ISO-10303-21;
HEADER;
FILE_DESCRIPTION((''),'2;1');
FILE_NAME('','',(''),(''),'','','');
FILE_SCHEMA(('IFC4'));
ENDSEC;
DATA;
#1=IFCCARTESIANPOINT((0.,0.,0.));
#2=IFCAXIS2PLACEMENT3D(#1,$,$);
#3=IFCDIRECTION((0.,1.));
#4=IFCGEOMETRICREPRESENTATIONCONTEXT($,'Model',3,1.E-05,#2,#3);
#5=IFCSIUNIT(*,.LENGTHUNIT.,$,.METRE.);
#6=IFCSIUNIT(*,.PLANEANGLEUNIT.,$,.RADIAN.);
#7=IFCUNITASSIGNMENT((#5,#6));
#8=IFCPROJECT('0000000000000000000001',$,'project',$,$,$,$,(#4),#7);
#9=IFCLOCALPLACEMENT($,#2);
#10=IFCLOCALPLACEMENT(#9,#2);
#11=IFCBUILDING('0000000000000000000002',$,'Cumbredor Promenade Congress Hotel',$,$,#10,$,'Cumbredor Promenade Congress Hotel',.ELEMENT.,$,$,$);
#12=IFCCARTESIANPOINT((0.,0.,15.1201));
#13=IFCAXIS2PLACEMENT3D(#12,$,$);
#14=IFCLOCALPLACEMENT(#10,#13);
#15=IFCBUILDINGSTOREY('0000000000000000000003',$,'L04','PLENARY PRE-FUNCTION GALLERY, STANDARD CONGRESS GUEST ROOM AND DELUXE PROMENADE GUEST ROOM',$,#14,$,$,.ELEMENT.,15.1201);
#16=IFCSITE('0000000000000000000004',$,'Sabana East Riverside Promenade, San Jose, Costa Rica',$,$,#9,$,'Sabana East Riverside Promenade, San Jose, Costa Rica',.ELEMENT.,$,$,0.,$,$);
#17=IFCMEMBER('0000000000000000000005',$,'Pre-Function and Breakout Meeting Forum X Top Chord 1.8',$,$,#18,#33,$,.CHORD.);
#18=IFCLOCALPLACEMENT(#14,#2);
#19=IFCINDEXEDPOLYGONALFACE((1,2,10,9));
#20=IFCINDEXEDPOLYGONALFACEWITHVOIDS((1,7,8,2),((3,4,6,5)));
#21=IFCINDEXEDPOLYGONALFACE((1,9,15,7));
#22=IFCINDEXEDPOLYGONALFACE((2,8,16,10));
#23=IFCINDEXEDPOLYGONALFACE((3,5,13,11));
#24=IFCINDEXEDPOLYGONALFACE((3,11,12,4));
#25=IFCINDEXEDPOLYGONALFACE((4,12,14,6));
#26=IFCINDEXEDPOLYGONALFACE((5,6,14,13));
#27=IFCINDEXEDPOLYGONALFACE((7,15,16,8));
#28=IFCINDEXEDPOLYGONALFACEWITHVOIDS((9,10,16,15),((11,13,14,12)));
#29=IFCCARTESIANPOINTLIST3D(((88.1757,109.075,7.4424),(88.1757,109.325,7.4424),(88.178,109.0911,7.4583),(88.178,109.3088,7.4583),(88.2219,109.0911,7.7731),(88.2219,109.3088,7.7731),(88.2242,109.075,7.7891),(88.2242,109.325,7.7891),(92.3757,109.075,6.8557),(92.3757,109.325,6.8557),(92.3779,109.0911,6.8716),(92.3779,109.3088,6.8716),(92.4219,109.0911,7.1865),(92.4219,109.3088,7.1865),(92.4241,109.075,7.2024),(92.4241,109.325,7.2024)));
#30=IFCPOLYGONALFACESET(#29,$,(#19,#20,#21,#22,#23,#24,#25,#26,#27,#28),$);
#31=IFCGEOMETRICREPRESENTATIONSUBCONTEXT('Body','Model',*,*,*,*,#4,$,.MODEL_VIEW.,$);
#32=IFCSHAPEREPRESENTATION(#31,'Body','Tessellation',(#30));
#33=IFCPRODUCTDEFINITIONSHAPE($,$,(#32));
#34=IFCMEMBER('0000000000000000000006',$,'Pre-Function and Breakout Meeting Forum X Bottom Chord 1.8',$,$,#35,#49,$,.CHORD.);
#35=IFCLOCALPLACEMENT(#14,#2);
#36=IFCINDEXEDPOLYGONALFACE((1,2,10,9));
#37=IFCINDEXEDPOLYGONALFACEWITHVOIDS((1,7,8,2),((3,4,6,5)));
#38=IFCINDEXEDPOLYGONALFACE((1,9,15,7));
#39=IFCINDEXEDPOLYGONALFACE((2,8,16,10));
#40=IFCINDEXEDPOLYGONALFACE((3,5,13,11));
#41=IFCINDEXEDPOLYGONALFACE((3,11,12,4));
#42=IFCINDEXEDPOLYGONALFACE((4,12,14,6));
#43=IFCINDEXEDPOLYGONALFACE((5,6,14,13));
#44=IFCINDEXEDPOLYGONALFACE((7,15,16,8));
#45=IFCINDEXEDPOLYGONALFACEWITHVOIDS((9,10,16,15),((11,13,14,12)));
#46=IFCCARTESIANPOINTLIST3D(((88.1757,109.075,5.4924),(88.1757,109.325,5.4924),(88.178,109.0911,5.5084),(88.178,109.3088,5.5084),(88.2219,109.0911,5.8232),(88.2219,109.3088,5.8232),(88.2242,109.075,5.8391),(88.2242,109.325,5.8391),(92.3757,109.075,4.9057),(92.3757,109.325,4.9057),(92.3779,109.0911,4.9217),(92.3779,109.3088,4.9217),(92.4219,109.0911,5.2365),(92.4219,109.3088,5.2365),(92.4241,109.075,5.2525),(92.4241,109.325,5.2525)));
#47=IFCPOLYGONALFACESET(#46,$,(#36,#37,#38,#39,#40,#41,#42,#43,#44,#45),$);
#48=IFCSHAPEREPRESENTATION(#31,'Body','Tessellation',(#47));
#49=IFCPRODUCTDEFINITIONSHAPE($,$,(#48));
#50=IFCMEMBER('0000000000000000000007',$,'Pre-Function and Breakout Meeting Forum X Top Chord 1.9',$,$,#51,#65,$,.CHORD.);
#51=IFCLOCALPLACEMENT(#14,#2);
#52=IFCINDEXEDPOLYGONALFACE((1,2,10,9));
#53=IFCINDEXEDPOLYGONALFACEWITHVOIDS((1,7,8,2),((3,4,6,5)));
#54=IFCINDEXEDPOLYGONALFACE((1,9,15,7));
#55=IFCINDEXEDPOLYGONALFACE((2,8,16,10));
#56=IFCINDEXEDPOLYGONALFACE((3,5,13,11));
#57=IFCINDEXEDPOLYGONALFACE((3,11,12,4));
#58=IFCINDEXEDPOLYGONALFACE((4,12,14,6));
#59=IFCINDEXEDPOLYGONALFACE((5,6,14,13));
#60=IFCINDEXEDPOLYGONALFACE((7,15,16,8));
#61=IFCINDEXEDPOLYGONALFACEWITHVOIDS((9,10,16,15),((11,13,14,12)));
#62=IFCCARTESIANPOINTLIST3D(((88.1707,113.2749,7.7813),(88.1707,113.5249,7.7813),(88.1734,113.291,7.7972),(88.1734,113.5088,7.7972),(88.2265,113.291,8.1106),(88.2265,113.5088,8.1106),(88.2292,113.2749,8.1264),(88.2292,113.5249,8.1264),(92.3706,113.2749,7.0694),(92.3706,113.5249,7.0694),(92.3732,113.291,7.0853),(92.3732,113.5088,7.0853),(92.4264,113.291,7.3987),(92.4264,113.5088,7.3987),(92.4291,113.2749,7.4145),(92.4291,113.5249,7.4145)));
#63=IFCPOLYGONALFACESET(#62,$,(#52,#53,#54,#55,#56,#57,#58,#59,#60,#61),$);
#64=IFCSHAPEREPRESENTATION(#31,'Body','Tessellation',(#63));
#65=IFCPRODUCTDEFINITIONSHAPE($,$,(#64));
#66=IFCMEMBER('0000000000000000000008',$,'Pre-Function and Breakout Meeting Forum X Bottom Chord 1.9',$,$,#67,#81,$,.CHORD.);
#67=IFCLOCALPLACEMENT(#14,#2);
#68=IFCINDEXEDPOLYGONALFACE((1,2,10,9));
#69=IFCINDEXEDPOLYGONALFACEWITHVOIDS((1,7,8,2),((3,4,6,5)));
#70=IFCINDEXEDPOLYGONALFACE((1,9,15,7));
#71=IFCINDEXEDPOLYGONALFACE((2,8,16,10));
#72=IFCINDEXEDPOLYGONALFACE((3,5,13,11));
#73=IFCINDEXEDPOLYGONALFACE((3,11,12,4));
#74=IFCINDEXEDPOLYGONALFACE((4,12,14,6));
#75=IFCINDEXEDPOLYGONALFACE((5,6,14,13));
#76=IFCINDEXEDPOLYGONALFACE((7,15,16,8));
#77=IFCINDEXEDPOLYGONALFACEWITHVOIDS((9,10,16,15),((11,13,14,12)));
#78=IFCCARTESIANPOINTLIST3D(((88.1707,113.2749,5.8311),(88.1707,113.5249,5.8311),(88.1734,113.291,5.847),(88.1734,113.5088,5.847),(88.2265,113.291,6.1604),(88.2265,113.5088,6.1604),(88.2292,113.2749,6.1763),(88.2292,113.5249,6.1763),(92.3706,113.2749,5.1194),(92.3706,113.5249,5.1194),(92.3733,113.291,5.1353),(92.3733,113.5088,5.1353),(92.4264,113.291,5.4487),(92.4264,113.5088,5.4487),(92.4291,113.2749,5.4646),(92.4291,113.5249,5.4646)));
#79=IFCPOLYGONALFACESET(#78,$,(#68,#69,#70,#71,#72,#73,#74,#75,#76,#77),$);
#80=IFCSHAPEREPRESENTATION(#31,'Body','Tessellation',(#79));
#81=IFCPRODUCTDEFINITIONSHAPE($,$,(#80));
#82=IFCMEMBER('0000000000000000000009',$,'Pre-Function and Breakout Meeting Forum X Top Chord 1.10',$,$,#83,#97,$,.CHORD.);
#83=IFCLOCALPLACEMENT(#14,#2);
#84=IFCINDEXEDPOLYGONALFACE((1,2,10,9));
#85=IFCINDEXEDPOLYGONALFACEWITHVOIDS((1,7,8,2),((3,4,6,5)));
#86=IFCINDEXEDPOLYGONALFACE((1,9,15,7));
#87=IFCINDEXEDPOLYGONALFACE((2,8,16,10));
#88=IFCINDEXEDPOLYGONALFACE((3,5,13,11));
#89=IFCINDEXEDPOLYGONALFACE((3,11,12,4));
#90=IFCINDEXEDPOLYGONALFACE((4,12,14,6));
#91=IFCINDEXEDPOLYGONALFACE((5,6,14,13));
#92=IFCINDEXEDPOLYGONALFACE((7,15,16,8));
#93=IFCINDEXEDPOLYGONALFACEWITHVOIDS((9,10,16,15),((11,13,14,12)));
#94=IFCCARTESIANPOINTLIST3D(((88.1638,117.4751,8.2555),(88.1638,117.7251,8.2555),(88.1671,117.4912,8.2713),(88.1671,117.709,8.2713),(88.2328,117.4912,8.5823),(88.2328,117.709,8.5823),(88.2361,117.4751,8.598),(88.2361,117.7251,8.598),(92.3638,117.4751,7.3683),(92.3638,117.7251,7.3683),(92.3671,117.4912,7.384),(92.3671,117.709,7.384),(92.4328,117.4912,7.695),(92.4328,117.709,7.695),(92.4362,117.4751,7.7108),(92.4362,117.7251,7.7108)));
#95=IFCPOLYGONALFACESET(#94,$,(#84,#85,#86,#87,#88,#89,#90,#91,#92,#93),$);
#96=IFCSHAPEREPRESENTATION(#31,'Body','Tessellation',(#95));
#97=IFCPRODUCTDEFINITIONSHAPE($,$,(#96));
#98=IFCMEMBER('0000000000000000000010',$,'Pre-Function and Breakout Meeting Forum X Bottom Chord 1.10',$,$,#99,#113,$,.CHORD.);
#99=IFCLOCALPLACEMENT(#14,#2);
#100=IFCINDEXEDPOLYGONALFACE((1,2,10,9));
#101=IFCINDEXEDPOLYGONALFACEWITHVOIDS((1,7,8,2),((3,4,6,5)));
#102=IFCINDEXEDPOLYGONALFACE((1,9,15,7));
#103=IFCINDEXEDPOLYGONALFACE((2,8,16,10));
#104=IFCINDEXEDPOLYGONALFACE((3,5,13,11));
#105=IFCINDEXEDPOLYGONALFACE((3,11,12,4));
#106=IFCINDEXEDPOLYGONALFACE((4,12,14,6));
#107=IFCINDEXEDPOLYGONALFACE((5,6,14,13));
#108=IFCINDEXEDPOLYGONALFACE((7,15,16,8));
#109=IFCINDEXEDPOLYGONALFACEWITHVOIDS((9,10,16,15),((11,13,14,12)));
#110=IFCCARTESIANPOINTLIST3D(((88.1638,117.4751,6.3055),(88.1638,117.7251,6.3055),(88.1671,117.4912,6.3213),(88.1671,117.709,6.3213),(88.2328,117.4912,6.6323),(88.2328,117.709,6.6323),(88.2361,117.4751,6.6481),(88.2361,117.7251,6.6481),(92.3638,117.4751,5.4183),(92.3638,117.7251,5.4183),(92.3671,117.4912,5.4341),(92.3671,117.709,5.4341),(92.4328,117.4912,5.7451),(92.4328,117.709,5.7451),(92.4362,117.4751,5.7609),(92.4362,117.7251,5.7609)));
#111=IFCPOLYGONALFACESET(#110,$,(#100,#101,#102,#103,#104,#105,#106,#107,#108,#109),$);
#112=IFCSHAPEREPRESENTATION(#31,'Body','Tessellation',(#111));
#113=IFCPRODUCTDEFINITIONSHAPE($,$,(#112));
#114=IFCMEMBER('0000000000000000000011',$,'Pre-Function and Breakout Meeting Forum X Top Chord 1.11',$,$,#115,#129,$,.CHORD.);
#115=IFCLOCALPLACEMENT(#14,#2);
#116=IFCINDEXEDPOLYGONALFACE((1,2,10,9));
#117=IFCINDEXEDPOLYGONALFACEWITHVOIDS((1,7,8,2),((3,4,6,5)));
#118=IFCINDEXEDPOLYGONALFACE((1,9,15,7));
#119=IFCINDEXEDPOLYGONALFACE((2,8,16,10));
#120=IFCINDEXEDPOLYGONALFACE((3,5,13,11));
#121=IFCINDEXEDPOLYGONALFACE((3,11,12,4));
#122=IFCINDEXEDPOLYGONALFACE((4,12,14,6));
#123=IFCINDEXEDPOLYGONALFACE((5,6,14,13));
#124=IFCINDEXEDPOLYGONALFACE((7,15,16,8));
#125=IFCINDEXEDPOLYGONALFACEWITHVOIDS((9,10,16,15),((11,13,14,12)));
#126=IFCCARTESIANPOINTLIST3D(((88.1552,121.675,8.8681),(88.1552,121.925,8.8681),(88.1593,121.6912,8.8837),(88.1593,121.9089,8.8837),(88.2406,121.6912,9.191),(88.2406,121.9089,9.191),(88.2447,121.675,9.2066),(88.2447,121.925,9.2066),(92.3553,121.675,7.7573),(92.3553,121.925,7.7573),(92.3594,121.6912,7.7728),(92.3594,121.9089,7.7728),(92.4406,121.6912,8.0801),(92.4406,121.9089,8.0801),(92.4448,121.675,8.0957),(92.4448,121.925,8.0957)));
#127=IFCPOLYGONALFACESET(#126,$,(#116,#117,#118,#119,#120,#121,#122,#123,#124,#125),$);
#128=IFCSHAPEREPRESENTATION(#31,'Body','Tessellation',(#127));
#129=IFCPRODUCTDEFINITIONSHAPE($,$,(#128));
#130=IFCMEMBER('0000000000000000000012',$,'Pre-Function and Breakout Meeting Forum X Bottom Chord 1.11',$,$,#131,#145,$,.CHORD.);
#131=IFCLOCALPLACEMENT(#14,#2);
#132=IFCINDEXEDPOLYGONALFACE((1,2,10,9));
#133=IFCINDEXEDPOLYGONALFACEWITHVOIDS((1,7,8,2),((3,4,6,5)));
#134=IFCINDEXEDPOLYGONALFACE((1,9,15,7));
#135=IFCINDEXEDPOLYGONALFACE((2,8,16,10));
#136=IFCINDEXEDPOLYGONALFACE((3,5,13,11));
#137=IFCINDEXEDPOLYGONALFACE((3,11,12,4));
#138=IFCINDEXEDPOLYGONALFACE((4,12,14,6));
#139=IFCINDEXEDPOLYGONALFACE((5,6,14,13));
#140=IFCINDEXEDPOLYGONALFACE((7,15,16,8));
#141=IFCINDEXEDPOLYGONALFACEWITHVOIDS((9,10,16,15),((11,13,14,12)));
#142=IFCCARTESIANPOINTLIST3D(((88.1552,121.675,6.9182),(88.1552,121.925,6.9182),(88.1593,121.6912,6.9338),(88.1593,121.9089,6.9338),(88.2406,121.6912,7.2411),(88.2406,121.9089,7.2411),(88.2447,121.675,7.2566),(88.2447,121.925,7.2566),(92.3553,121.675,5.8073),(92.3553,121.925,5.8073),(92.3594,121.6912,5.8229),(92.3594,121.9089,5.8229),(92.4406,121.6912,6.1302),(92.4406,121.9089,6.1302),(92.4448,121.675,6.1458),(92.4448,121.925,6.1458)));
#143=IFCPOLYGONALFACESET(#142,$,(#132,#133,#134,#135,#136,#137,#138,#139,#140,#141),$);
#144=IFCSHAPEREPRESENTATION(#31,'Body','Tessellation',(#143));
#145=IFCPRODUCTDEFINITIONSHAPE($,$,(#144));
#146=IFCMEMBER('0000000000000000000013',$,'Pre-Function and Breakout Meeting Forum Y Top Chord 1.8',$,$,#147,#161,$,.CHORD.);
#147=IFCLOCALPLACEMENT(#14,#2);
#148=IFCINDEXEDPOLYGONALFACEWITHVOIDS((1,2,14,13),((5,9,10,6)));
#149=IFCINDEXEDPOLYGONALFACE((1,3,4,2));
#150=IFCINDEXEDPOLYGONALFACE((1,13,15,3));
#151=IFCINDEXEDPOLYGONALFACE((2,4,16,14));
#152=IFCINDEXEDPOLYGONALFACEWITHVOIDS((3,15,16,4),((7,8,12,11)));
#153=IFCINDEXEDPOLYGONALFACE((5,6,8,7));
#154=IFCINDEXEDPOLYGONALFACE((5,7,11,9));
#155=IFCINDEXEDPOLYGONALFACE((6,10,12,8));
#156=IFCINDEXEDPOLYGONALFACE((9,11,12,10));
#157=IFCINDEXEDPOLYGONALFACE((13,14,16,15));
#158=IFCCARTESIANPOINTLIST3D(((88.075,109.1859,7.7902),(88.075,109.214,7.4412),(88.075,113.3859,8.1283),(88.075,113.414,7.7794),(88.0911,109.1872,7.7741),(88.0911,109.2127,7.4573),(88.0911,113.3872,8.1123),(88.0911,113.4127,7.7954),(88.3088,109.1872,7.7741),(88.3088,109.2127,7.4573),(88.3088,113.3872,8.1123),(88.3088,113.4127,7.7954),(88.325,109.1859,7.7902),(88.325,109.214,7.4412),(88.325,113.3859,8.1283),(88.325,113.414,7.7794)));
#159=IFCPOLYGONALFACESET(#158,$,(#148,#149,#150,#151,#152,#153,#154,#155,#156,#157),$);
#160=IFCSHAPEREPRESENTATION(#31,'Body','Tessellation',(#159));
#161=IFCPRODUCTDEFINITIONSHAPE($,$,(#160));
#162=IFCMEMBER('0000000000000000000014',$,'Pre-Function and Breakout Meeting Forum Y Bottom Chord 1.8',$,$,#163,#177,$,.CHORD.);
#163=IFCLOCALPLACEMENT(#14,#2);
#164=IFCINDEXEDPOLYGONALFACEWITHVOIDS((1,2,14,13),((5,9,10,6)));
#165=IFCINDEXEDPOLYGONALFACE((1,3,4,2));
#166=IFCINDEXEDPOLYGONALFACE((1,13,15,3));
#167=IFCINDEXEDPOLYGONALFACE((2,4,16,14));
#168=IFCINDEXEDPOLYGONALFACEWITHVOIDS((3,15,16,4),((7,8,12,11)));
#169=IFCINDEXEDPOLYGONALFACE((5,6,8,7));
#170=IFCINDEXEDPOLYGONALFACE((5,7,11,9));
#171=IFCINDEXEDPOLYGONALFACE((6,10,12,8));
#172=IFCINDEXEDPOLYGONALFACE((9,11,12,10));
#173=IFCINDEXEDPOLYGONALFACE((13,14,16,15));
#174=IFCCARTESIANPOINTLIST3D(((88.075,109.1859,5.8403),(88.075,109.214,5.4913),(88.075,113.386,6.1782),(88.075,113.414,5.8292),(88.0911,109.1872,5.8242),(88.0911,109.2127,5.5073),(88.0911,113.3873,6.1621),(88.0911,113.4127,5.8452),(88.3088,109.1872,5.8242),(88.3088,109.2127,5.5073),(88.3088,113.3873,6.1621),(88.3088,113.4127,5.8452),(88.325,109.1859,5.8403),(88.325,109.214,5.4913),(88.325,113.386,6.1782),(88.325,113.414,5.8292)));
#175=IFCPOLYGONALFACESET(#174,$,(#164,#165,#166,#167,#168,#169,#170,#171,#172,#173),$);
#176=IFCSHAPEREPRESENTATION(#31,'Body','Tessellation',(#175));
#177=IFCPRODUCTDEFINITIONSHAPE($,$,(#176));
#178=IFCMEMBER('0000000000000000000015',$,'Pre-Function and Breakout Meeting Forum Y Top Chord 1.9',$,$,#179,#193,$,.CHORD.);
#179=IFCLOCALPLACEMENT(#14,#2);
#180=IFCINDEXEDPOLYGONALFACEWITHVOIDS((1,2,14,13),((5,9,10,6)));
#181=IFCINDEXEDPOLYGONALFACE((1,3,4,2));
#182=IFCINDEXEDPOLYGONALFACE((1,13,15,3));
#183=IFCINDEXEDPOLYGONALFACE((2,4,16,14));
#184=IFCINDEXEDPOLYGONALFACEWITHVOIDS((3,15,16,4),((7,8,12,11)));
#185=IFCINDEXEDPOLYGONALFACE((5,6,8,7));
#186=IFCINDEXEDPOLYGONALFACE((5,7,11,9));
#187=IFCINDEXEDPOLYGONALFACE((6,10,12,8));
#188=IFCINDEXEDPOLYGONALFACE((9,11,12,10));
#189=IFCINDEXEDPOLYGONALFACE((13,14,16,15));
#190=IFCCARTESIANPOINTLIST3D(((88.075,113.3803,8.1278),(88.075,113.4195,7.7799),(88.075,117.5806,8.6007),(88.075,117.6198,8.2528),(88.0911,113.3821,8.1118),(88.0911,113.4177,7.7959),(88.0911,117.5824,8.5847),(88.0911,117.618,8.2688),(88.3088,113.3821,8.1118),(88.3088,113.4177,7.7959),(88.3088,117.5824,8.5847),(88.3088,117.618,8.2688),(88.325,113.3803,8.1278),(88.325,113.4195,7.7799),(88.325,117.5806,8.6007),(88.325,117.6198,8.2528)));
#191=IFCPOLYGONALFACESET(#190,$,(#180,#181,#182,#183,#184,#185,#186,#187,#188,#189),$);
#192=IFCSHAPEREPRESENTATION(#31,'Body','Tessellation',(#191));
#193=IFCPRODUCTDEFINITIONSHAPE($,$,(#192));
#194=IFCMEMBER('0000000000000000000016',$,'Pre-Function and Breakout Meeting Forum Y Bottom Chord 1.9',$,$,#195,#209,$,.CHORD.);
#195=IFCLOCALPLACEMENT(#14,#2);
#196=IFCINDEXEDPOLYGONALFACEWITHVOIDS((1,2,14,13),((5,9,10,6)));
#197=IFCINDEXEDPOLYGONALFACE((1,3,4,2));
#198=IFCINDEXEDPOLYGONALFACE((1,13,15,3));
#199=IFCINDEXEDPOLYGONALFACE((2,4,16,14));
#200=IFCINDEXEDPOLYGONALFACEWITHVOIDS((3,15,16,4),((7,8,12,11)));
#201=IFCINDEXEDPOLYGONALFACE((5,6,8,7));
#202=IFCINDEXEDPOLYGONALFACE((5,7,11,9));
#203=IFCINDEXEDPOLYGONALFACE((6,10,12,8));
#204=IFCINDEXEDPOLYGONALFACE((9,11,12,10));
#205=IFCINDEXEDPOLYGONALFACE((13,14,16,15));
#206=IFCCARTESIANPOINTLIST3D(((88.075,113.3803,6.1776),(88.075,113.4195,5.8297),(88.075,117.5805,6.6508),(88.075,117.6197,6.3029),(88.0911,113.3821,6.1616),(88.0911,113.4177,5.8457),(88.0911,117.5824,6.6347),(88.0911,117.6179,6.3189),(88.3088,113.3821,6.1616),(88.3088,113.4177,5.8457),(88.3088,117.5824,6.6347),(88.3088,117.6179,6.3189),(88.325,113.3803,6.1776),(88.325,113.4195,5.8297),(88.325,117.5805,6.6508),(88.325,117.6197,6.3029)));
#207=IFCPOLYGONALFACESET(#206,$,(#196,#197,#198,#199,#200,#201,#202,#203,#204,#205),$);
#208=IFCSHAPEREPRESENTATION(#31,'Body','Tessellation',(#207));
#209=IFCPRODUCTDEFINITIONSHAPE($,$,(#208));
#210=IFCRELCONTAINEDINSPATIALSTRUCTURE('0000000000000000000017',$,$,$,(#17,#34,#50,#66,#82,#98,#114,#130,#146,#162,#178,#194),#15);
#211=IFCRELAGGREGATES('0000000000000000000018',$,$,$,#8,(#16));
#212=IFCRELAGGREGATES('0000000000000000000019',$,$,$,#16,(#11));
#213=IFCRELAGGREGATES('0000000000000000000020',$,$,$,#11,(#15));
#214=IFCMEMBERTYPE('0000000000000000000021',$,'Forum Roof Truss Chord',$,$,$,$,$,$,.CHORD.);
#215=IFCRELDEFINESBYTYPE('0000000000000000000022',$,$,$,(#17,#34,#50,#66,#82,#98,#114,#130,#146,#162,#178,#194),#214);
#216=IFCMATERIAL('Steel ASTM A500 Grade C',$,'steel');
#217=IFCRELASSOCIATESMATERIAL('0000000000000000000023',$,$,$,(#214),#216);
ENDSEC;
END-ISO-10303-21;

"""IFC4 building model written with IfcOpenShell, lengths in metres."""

from ifc_helpers import new_model, si_unit, direction, frame, origin, origin_2d, place, context, subcontext, project, spatial, hollow_rectangle, extrude, material, material_profile, profile_set, type_object, element, save


model = new_model("IFC4")

# Units and contexts
model_context = context("Model", 3, precision=1e-05, world=origin(), true_north=direction((0.0, 1.0)))
body_context = subcontext(model_context, "Body", "Model", "MODEL_VIEW")
ifc_project = project(units=[si_unit("LENGTHUNIT", "METRE"), si_unit("PLANEANGLEUNIT", "RADIAN")], contexts=[model_context])

# Site, building, storey
site_placement = place(None, origin())
site = spatial("IfcSite", under=ifc_project, at=site_placement, Name="Sabana East Riverside Promenade, San Jose, Costa Rica", LongName="Sabana East Riverside Promenade, San Jose, Costa Rica", CompositionType="ELEMENT", RefElevation=0.0)
building_placement = place(site_placement, origin())
building = spatial("IfcBuilding", under=site, at=building_placement, Name="Cumbredor Promenade Congress Hotel", LongName="Cumbredor Promenade Congress Hotel", CompositionType="ELEMENT")
storey_placement = place(building_placement, frame((0.0, 0.0, 15.1201)))
storey = spatial("IfcBuildingStorey", under=building, at=storey_placement, Name="L04", Description="PLENARY PRE-FUNCTION GALLERY, STANDARD CONGRESS GUEST ROOM AND DELUXE PROMENADE GUEST ROOM", CompositionType="ELEMENT", Elevation=15.1201)

# Members
ifc_material_1 = material(Name="Steel ASTM A500 Grade C", Category="steel")
ifc_material_profile_1 = material_profile(ifc_material_1, hollow_rectangle(XDim=0.25, YDim=0.3501, WallThickness=0.0161, at=origin_2d()), Name="HSS 350x250x16")
ifc_profile_set_1 = profile_set([ifc_material_profile_1], Name="Steel ASTM A500 Grade C")
member_type_1 = type_object("IfcMemberType", Name="Forum Roof Truss Chord", PredefinedType="CHORD", material=ifc_profile_set_1)
for number, where, z_axis, x_axis, name in (
    (1, (88.2, 109.2, 7.6157), (0.990385, 0.0, -0.138342), (0.0, 1.0, 0.0), "Pre-Function and Breakout Meeting Forum X Top Chord 1.8"),
    (2, (88.2, 109.2, 5.6658), (0.990385, 0.0, -0.138342), (0.0, 1.0, 0.0), "Pre-Function and Breakout Meeting Forum X Bottom Chord 1.8"),
):
    element("IfcMember", number, at=place(storey_placement, frame(where, z_axis=z_axis, x_axis=x_axis)), inside=storey, type_object=member_type_1, Name=name, PredefinedType="CHORD", context=body_context, shape_type="SweptSolid", body=[
        extrude(hollow_rectangle(XDim=0.25, YDim=0.3501, WallThickness=0.0161, at=origin_2d()), origin(), (0.0, 0.0, 1.0), 4.2407),
    ])
for number, where, z_axis, x_axis, name in (
    (3, (88.2, 113.3999, 7.9539), (0.985936, 0.0, -0.167121), (0.0, 1.0, 0.0), "Pre-Function and Breakout Meeting Forum X Top Chord 1.9"),
    (4, (88.2, 113.3999, 6.0037), (0.985946, 0.0, -0.167066), (0.0, 1.0, 0.0), "Pre-Function and Breakout Meeting Forum X Bottom Chord 1.9"),
):
    element("IfcMember", number, at=place(storey_placement, frame(where, z_axis=z_axis, x_axis=x_axis)), inside=storey, type_object=member_type_1, Name=name, PredefinedType="CHORD", context=body_context, shape_type="SweptSolid", body=[
        extrude(hollow_rectangle(XDim=0.25, YDim=0.3501, WallThickness=0.0161, at=origin_2d()), origin(), (0.0, 0.0, 1.0), 4.2598),
    ])
for number, where, z_axis, x_axis, name in (
    (5, (88.2, 117.6001, 8.4268), (0.978408, 0.0, -0.206681), (0.0, 1.0, 0.0), "Pre-Function and Breakout Meeting Forum X Top Chord 1.10"),
    (6, (88.2, 117.6001, 6.4768), (0.978408, 0.0, -0.206681), (0.0, 1.0, 0.0), "Pre-Function and Breakout Meeting Forum X Bottom Chord 1.10"),
):
    element("IfcMember", number, at=place(storey_placement, frame(where, z_axis=z_axis, x_axis=x_axis)), inside=storey, type_object=member_type_1, Name=name, PredefinedType="CHORD", context=body_context, shape_type="SweptSolid", body=[
        extrude(hollow_rectangle(XDim=0.25, YDim=0.3501, WallThickness=0.0161, at=origin_2d()), origin(), (0.0, 0.0, 1.0), 4.2927),
    ])
for number, where, z_axis, x_axis, name in (
    (7, (88.2, 121.8, 9.0374), (0.966757, 0.0, -0.255696), (0.0, 1.0, 0.0), "Pre-Function and Breakout Meeting Forum X Top Chord 1.11"),
    (8, (88.2, 121.8, 7.0874), (0.966757, 0.0, -0.255696), (0.0, 1.0, 0.0), "Pre-Function and Breakout Meeting Forum X Bottom Chord 1.11"),
):
    element("IfcMember", number, at=place(storey_placement, frame(where, z_axis=z_axis, x_axis=x_axis)), inside=storey, type_object=member_type_1, Name=name, PredefinedType="CHORD", context=body_context, shape_type="SweptSolid", body=[
        extrude(hollow_rectangle(XDim=0.25, YDim=0.3501, WallThickness=0.0161, at=origin_2d()), origin(), (0.0, 0.0, 1.0), 4.3445),
    ])
for number, where, z_axis, x_axis, name in (
    (9, (88.2, 109.2, 7.6157), (0.0, 0.996775, 0.08025), (-1.0, 0.0, 0.0), "Pre-Function and Breakout Meeting Forum Y Top Chord 1.8"),
    (10, (88.2, 109.2, 5.6658), (0.0, 0.996779, 0.080192), (-1.0, 0.0, 0.0), "Pre-Function and Breakout Meeting Forum Y Bottom Chord 1.8"),
):
    element("IfcMember", number, at=place(storey_placement, frame(where, z_axis=z_axis, x_axis=x_axis)), inside=storey, type_object=member_type_1, Name=name, PredefinedType="CHORD", context=body_context, shape_type="SweptSolid", body=[
        extrude(hollow_rectangle(XDim=0.25, YDim=0.3501, WallThickness=0.0161, at=origin_2d()), origin(), (0.0, 0.0, 1.0), 4.2136),
    ])
for number, where, z_axis, x_axis, name in (
    (11, (88.2, 113.3999, 7.9539), (0.0, 0.993721, 0.111883), (-1.0, 0.0, 0.0), "Pre-Function and Breakout Meeting Forum Y Top Chord 1.9"),
    (12, (88.2, 113.3999, 6.0037), (0.0, 0.993715, 0.11194), (-1.0, 0.0, 0.0), "Pre-Function and Breakout Meeting Forum Y Bottom Chord 1.9"),
):
    element("IfcMember", number, at=place(storey_placement, frame(where, z_axis=z_axis, x_axis=x_axis)), inside=storey, type_object=member_type_1, Name=name, PredefinedType="CHORD", context=body_context, shape_type="SweptSolid", body=[
        extrude(hollow_rectangle(XDim=0.25, YDim=0.3501, WallThickness=0.0161, at=origin_2d()), origin(), (0.0, 0.0, 1.0), 4.2268),
    ])

save(model, "model.ifc")
